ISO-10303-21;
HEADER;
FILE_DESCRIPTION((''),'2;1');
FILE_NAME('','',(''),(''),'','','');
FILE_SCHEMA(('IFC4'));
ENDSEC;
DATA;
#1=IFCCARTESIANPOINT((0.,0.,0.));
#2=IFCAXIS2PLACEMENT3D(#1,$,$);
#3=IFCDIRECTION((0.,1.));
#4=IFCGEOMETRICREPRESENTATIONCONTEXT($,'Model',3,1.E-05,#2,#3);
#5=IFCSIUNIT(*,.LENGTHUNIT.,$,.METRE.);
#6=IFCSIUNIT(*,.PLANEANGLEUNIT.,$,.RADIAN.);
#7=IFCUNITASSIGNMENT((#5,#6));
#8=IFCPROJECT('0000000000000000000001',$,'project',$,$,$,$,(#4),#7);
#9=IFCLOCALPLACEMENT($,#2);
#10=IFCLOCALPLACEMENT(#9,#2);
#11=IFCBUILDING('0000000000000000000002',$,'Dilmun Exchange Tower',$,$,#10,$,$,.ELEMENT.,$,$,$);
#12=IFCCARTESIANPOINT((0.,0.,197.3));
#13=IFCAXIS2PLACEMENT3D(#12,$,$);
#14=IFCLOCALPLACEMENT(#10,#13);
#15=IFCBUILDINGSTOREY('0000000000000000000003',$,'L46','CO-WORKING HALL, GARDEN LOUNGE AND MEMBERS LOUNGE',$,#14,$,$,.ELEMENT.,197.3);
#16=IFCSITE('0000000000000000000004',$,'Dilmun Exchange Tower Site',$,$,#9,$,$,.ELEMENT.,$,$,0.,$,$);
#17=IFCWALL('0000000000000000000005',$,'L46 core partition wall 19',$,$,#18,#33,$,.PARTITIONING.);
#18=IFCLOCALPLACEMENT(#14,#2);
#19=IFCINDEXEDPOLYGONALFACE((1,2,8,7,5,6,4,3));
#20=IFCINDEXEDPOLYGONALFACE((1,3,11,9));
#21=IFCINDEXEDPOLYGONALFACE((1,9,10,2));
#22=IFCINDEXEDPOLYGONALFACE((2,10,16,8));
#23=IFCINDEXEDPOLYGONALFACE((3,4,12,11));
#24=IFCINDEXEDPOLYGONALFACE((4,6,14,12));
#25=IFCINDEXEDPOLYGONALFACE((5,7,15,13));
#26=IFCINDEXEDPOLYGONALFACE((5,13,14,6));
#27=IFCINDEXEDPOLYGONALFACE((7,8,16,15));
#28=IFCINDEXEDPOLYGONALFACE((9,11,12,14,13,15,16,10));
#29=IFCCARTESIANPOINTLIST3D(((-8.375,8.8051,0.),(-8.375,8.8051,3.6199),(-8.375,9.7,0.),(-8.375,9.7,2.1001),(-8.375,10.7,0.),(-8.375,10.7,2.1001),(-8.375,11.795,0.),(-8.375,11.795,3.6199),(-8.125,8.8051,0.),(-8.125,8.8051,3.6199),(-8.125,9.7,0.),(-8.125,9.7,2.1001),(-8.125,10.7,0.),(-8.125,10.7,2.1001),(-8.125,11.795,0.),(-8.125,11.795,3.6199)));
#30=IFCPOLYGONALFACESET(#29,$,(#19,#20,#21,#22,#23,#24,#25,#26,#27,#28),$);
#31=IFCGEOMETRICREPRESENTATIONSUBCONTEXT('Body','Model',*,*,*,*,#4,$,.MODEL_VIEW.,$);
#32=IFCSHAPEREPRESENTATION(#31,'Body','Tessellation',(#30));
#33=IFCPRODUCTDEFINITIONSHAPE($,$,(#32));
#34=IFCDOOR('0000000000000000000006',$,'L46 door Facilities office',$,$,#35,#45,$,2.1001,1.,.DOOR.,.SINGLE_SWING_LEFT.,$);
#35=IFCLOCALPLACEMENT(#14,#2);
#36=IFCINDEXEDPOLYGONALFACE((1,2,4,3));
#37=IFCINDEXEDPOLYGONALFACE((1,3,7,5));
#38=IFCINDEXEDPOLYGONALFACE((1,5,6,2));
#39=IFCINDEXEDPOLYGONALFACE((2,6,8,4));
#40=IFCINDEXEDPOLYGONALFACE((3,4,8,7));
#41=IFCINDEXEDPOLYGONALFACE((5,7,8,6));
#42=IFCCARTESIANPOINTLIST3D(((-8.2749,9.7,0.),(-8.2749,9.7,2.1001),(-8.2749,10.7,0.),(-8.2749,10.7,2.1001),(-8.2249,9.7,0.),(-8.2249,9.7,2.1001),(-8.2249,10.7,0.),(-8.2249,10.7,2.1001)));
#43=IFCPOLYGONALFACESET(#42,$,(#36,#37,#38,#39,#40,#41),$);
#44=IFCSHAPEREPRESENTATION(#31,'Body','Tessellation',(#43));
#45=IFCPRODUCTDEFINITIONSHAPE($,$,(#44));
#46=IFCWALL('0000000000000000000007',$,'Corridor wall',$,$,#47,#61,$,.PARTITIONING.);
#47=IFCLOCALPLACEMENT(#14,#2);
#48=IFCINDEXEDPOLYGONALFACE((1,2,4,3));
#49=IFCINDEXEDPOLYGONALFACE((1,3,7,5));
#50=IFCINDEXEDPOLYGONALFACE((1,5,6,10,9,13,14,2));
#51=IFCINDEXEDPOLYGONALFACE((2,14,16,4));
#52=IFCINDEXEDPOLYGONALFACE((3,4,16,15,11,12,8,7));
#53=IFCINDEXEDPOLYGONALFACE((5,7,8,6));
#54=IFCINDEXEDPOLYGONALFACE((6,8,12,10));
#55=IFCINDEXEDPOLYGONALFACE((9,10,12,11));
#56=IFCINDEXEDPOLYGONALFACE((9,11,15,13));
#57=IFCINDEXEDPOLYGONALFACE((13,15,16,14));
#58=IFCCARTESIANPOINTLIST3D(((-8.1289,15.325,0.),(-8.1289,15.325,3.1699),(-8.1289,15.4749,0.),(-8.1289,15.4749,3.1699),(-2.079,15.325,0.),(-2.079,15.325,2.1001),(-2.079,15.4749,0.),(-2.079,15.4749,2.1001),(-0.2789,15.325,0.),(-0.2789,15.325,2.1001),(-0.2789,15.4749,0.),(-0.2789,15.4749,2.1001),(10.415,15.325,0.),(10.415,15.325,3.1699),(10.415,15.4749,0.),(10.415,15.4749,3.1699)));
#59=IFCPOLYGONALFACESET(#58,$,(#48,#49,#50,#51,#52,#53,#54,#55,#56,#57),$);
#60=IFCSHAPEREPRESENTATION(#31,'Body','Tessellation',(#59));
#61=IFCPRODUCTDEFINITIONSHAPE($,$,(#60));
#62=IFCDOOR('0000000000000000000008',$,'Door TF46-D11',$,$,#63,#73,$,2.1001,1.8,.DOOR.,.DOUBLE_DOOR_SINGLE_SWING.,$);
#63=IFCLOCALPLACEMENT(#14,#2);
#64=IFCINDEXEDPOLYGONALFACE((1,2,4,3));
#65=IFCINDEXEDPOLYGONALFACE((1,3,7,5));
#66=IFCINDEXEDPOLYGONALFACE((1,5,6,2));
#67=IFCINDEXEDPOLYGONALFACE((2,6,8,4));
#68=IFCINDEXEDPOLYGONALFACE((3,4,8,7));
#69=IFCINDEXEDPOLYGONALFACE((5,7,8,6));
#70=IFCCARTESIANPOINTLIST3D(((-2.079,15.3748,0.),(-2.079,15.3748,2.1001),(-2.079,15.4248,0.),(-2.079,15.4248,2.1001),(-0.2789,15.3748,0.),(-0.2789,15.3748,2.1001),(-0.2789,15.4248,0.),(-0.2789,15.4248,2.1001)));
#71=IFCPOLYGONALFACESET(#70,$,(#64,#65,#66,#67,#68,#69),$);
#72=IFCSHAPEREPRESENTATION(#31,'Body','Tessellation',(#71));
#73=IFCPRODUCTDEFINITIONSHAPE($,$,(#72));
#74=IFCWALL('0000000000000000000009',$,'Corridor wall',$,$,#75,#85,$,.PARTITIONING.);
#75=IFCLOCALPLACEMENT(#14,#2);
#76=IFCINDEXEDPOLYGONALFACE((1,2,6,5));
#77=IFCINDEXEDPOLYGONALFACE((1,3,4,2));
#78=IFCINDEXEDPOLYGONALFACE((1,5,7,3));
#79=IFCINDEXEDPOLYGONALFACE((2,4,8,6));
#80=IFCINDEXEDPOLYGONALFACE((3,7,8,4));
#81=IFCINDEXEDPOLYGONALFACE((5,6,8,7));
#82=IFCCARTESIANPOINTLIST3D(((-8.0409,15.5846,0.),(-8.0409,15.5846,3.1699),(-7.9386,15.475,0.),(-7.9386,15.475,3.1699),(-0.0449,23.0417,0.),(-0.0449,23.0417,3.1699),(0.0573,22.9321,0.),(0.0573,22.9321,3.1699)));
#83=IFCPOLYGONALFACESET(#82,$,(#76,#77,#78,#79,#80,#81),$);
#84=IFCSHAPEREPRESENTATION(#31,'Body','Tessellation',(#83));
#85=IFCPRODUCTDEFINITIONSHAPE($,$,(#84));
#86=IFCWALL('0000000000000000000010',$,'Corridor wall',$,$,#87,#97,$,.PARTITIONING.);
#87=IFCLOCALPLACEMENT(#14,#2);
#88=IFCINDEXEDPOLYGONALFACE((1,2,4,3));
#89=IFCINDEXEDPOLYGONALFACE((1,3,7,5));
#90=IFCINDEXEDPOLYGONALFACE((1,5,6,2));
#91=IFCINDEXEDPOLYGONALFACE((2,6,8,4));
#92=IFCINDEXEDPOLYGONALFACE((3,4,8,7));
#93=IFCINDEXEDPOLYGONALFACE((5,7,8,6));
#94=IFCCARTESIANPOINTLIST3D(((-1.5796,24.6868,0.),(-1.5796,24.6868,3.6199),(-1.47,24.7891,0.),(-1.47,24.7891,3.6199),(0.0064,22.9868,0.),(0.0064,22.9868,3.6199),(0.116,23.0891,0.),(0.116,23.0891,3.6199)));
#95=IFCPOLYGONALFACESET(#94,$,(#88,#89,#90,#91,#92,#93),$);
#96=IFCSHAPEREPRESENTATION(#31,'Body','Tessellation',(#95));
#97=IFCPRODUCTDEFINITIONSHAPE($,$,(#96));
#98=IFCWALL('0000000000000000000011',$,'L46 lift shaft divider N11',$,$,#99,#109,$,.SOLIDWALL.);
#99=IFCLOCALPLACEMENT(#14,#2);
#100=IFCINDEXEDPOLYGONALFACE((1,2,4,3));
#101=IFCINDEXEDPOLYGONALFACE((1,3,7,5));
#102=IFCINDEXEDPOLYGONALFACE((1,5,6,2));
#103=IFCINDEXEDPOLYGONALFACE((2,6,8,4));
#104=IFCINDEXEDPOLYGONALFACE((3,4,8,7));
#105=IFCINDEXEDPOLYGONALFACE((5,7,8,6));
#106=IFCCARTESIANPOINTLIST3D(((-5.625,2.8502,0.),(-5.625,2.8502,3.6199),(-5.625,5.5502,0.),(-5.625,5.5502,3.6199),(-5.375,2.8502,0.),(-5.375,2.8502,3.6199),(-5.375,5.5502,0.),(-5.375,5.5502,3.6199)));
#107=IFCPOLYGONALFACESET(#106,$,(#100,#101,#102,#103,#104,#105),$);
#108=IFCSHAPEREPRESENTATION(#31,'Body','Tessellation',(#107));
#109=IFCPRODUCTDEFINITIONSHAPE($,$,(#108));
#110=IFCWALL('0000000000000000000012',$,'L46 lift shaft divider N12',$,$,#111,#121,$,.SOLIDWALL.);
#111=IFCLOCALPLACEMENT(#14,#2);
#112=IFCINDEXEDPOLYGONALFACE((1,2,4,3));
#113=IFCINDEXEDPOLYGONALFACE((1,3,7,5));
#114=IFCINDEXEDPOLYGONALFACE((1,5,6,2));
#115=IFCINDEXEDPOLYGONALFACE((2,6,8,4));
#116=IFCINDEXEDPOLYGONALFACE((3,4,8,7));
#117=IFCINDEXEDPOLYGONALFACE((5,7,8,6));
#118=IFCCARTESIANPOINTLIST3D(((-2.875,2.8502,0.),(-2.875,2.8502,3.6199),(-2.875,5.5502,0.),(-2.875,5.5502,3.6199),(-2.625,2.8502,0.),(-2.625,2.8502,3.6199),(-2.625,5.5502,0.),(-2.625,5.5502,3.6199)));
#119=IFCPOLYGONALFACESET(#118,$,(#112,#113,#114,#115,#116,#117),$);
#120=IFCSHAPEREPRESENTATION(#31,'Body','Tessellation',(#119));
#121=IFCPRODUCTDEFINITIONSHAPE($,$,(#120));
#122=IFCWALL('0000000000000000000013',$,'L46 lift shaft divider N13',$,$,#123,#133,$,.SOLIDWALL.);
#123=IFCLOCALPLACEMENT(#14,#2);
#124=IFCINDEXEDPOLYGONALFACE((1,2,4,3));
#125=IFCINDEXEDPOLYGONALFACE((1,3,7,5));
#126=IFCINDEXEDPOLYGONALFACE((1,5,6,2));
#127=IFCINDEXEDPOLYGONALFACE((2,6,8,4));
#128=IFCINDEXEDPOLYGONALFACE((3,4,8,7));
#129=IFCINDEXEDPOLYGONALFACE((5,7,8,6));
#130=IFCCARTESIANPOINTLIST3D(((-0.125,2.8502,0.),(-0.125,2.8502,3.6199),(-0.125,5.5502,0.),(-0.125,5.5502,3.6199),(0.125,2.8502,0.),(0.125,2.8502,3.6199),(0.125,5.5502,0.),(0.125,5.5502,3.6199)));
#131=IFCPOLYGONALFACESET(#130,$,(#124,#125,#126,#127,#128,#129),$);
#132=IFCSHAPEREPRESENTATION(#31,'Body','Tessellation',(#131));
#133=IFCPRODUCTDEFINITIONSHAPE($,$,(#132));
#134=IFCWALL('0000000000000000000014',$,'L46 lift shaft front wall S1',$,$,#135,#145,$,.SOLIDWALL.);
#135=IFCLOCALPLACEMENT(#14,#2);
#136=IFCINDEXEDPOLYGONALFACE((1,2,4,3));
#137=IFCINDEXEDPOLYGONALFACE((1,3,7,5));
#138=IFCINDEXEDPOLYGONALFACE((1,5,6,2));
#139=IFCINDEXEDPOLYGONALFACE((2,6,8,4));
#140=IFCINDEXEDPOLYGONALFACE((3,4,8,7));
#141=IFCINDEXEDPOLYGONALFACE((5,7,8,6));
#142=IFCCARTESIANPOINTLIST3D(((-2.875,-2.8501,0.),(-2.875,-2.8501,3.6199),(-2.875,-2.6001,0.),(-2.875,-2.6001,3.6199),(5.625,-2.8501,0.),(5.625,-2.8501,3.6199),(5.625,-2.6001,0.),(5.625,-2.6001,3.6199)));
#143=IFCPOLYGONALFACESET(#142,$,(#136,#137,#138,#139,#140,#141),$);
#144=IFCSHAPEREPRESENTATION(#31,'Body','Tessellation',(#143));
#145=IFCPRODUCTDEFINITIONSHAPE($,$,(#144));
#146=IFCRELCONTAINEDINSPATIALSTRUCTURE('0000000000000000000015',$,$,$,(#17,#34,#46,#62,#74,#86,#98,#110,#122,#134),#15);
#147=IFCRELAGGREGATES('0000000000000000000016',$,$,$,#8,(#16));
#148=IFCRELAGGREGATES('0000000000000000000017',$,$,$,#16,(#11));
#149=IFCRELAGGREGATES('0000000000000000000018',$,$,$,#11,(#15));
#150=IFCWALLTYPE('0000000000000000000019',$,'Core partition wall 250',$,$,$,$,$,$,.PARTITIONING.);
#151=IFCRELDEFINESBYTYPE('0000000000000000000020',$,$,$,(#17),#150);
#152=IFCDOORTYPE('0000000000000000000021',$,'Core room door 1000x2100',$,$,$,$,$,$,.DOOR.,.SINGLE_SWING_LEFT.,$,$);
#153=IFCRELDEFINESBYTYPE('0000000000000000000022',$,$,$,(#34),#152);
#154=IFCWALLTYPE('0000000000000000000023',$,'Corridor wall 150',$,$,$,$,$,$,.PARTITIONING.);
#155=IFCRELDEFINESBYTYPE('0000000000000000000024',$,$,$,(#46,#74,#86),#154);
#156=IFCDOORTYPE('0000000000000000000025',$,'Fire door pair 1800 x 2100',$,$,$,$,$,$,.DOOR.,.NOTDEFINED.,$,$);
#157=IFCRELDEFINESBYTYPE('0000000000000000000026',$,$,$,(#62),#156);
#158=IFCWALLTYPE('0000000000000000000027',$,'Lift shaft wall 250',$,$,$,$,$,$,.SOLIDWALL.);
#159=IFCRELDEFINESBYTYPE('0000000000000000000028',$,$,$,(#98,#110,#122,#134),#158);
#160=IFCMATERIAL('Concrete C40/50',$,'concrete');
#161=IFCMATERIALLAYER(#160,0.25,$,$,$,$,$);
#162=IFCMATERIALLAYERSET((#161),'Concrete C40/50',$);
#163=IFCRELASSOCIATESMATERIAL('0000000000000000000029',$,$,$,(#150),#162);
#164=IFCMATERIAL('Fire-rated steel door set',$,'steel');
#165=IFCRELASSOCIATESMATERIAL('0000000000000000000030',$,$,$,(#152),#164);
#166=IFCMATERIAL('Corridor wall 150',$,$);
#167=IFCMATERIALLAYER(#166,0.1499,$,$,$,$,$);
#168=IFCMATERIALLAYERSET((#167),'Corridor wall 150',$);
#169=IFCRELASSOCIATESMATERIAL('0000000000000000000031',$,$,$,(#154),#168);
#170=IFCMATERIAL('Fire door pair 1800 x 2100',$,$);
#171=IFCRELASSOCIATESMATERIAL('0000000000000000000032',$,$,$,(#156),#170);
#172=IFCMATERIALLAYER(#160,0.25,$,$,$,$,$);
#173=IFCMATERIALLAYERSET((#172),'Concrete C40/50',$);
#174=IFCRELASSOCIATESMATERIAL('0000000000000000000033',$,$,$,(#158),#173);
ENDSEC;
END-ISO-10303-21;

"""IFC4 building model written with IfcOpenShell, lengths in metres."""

from ifc_helpers import new_model, si_unit, direction, frame, frame_2d, origin, place, context, subcontext, project, spatial, rectangle, extrude, material, layer, layer_set, type_object, element, fill, save


model = new_model("IFC4")

# Units and contexts
model_context = context("Model", 3, precision=1e-05, world=origin(), true_north=direction((0.0, 1.0)))
body_context = subcontext(model_context, "Body", "Model", "MODEL_VIEW")
ifc_project = project(units=[si_unit("LENGTHUNIT", "METRE"), si_unit("PLANEANGLEUNIT", "RADIAN")], contexts=[model_context])

# Site, building, storey
site_placement = place(None, origin())
site = spatial("IfcSite", under=ifc_project, at=site_placement, Name="Dilmun Exchange Tower Site", CompositionType="ELEMENT", RefElevation=0.0)
building_placement = place(site_placement, origin())
building = spatial("IfcBuilding", under=site, at=building_placement, Name="Dilmun Exchange Tower", CompositionType="ELEMENT")
storey_placement = place(building_placement, frame((0.0, 0.0, 197.3)))
storey = spatial("IfcBuildingStorey", under=building, at=storey_placement, Name="L46", Description="CO-WORKING HALL, GARDEN LOUNGE AND MEMBERS LOUNGE", CompositionType="ELEMENT", Elevation=197.3)

# Shared definitions
ifc_material_1 = material(Name="Concrete C40/50", Category="concrete")

# Shared definitions
ifc_layer_1 = layer(ifc_material_1, 0.25)
ifc_layer_set_1 = layer_set([ifc_layer_1], Name="Concrete C40/50")
wall_type_1 = type_object("IfcWallType", Name="Core partition wall 250", PredefinedType="PARTITIONING", material=ifc_layer_set_1)

# Walls, openings, doors
wall_1_placement = place(storey_placement, frame((-8.25, 8.8049, 0.0), z_axis=(0.0, 0.0, 1.0), x_axis=(0.0, 1.0, 0.0)))
wall_1 = element("IfcWall", 1, at=wall_1_placement, inside=storey, type_object=wall_type_1, Name="L46 core partition wall 19", PredefinedType="PARTITIONING", context=body_context, shape_type="SweptSolid", body=[
    extrude(rectangle(XDim=2.99, YDim=0.25, at=frame_2d((1.4951, 0.0))), origin(), (0.0, 0.0, 1.0), 3.6199),
])
opening_1_placement = place(wall_1_placement, frame((0.895, 0.0, 0.0)))
opening_1 = element("IfcOpeningElement", 2, at=opening_1_placement, cuts=wall_1, PredefinedType="OPENING", context=body_context, shape_type="SweptSolid", body=[
    extrude(rectangle(XDim=1.0, YDim=2.1001, at=frame_2d((0.5, 1.05))), frame((0.0, 0.135, 0.0), z_axis=(0.0, -1.0, 0.0), x_axis=(1.0, 0.0, 0.0)), (0.0, 0.0, 1.0), 0.27),
])
ifc_material_2 = material(Name="Fire-rated steel door set", Category="steel")
door_type_1 = type_object("IfcDoorType", Name="Core room door 1000x2100", OperationType="SINGLE_SWING_LEFT", PredefinedType="DOOR", material=ifc_material_2)
door_1_placement = place(opening_1_placement, origin())
door_1 = element("IfcDoor", 3, at=door_1_placement, inside=storey, type_object=door_type_1, Name="L46 door Facilities office", OperationType="SINGLE_SWING_LEFT", OverallHeight=2.1001, OverallWidth=1.0, PredefinedType="DOOR", context=body_context, shape_type="SweptSolid", body=[
    extrude(rectangle(XDim=1.0, YDim=2.1001, at=frame_2d((0.5, 1.05))), frame((0.0, 0.0249, 0.0), z_axis=(0.0, -1.0, 0.0), x_axis=(1.0, 0.0, 0.0)), (0.0, 0.0, 1.0), 0.05),
])
fill(opening_1, door_1)
ifc_material_3 = material(Name="Corridor wall 150")
ifc_layer_2 = layer(ifc_material_3, 0.1499)
ifc_layer_set_2 = layer_set([ifc_layer_2], Name="Corridor wall 150")
wall_type_2 = type_object("IfcWallType", Name="Corridor wall 150", PredefinedType="PARTITIONING", material=ifc_layer_set_2)
wall_2_placement = place(storey_placement, frame((-8.1289, 15.3999, 0.0), z_axis=(0.0, 0.0, 1.0), x_axis=(1.0, 0.0, 0.0)))
wall_2 = element("IfcWall", 4, at=wall_2_placement, inside=storey, type_object=wall_type_2, Name="Corridor wall", PredefinedType="PARTITIONING", context=body_context, shape_type="SweptSolid", body=[
    extrude(rectangle(XDim=18.5439, YDim=0.1499, at=frame_2d((9.272, 0.0))), origin(), (0.0, 0.0, 1.0), 3.1699),
])
opening_2_placement = place(wall_2_placement, frame((6.05, 0.0, 0.0)))
opening_2 = element("IfcOpeningElement", 5, at=opening_2_placement, cuts=wall_2, PredefinedType="OPENING", context=body_context, shape_type="SweptSolid", body=[
    extrude(rectangle(XDim=1.8, YDim=2.1001, at=frame_2d((0.8999, 1.05))), frame((0.0, 0.085, 0.0), z_axis=(0.0, -1.0, 0.0), x_axis=(1.0, 0.0, 0.0)), (0.0, 0.0, 1.0), 0.1699),
])
ifc_material_4 = material(Name="Fire door pair 1800 x 2100")
door_type_2 = type_object("IfcDoorType", Name="Fire door pair 1800 x 2100", OperationType="NOTDEFINED", PredefinedType="DOOR", material=ifc_material_4)
door_2_placement = place(opening_2_placement, origin())
door_2 = element("IfcDoor", 6, at=door_2_placement, inside=storey, type_object=door_type_2, Name="Door TF46-D11", OperationType="DOUBLE_DOOR_SINGLE_SWING", OverallHeight=2.1001, OverallWidth=1.8, PredefinedType="DOOR", context=body_context, shape_type="SweptSolid", body=[
    extrude(rectangle(XDim=1.8, YDim=2.1001, at=frame_2d((0.8999, 1.05))), frame((0.0, 0.0249, 0.0), z_axis=(0.0, -1.0, 0.0), x_axis=(1.0, 0.0, 0.0)), (0.0, 0.0, 1.0), 0.05),
])
fill(opening_2, door_2)

# Walls
wall_3_placement = place(storey_placement, frame((-7.9897, 15.5298, 0.0), z_axis=(0.0, 0.0, 1.0), x_axis=(0.731318, 0.682037, 0.0)))
element("IfcWall", 7, at=wall_3_placement, inside=storey, type_object=wall_type_2, Name="Corridor wall", PredefinedType="PARTITIONING", context=body_context, shape_type="SweptSolid", body=[
    extrude(rectangle(XDim=10.9336, YDim=0.1499, at=frame_2d((5.4668, 0.0))), origin(), (0.0, 0.0, 1.0), 3.1699),
])
wall_4_placement = place(storey_placement, frame((-1.5249, 24.738, 0.0), z_axis=(0.0, 0.0, 1.0), x_axis=(0.682161, -0.731202, 0.0)))
element("IfcWall", 8, at=wall_4_placement, inside=storey, type_object=wall_type_2, Name="Corridor wall", PredefinedType="PARTITIONING", context=body_context, shape_type="SweptSolid", body=[
    extrude(rectangle(XDim=2.325, YDim=0.1499, at=frame_2d((1.1626, 0.0))), origin(), (0.0, 0.0, 1.0), 3.6199),
])
ifc_layer_3 = layer(ifc_material_1, 0.25)
ifc_layer_set_3 = layer_set([ifc_layer_3], Name="Concrete C40/50")
wall_type_3 = type_object("IfcWallType", Name="Lift shaft wall 250", PredefinedType="SOLIDWALL", material=ifc_layer_set_3)
for number, where, z_axis, x_axis, name in (
    (9, (-5.5, 2.8501, 0.0), (0.0, 0.0, 1.0), (0.0, 1.0, 0.0), "L46 lift shaft divider N11"),
    (10, (-2.75, 2.8501, 0.0), (0.0, 0.0, 1.0), (0.0, 1.0, 0.0), "L46 lift shaft divider N12"),
    (11, (0.0, 2.8501, 0.0), (0.0, 0.0, 1.0), (0.0, 1.0, 0.0), "L46 lift shaft divider N13"),
):
    element("IfcWall", number, at=place(storey_placement, frame(where, z_axis=z_axis, x_axis=x_axis)), inside=storey, type_object=wall_type_3, Name=name, PredefinedType="SOLIDWALL", context=body_context, shape_type="SweptSolid", body=[
        extrude(rectangle(XDim=2.7, YDim=0.25, at=frame_2d((1.3501, 0.0))), origin(), (0.0, 0.0, 1.0), 3.6199),
    ])
wall_5_placement = place(storey_placement, frame((-2.875, -2.7251, 0.0), z_axis=(0.0, 0.0, 1.0), x_axis=(1.0, 0.0, 0.0)))
element("IfcWall", 12, at=wall_5_placement, inside=storey, type_object=wall_type_3, Name="L46 lift shaft front wall S1", PredefinedType="SOLIDWALL", context=body_context, shape_type="SweptSolid", body=[
    extrude(rectangle(XDim=8.5, YDim=0.25, at=frame_2d((4.25, 0.0))), origin(), (0.0, 0.0, 1.0), 3.6199),
])

save(model, "model.ifc")
